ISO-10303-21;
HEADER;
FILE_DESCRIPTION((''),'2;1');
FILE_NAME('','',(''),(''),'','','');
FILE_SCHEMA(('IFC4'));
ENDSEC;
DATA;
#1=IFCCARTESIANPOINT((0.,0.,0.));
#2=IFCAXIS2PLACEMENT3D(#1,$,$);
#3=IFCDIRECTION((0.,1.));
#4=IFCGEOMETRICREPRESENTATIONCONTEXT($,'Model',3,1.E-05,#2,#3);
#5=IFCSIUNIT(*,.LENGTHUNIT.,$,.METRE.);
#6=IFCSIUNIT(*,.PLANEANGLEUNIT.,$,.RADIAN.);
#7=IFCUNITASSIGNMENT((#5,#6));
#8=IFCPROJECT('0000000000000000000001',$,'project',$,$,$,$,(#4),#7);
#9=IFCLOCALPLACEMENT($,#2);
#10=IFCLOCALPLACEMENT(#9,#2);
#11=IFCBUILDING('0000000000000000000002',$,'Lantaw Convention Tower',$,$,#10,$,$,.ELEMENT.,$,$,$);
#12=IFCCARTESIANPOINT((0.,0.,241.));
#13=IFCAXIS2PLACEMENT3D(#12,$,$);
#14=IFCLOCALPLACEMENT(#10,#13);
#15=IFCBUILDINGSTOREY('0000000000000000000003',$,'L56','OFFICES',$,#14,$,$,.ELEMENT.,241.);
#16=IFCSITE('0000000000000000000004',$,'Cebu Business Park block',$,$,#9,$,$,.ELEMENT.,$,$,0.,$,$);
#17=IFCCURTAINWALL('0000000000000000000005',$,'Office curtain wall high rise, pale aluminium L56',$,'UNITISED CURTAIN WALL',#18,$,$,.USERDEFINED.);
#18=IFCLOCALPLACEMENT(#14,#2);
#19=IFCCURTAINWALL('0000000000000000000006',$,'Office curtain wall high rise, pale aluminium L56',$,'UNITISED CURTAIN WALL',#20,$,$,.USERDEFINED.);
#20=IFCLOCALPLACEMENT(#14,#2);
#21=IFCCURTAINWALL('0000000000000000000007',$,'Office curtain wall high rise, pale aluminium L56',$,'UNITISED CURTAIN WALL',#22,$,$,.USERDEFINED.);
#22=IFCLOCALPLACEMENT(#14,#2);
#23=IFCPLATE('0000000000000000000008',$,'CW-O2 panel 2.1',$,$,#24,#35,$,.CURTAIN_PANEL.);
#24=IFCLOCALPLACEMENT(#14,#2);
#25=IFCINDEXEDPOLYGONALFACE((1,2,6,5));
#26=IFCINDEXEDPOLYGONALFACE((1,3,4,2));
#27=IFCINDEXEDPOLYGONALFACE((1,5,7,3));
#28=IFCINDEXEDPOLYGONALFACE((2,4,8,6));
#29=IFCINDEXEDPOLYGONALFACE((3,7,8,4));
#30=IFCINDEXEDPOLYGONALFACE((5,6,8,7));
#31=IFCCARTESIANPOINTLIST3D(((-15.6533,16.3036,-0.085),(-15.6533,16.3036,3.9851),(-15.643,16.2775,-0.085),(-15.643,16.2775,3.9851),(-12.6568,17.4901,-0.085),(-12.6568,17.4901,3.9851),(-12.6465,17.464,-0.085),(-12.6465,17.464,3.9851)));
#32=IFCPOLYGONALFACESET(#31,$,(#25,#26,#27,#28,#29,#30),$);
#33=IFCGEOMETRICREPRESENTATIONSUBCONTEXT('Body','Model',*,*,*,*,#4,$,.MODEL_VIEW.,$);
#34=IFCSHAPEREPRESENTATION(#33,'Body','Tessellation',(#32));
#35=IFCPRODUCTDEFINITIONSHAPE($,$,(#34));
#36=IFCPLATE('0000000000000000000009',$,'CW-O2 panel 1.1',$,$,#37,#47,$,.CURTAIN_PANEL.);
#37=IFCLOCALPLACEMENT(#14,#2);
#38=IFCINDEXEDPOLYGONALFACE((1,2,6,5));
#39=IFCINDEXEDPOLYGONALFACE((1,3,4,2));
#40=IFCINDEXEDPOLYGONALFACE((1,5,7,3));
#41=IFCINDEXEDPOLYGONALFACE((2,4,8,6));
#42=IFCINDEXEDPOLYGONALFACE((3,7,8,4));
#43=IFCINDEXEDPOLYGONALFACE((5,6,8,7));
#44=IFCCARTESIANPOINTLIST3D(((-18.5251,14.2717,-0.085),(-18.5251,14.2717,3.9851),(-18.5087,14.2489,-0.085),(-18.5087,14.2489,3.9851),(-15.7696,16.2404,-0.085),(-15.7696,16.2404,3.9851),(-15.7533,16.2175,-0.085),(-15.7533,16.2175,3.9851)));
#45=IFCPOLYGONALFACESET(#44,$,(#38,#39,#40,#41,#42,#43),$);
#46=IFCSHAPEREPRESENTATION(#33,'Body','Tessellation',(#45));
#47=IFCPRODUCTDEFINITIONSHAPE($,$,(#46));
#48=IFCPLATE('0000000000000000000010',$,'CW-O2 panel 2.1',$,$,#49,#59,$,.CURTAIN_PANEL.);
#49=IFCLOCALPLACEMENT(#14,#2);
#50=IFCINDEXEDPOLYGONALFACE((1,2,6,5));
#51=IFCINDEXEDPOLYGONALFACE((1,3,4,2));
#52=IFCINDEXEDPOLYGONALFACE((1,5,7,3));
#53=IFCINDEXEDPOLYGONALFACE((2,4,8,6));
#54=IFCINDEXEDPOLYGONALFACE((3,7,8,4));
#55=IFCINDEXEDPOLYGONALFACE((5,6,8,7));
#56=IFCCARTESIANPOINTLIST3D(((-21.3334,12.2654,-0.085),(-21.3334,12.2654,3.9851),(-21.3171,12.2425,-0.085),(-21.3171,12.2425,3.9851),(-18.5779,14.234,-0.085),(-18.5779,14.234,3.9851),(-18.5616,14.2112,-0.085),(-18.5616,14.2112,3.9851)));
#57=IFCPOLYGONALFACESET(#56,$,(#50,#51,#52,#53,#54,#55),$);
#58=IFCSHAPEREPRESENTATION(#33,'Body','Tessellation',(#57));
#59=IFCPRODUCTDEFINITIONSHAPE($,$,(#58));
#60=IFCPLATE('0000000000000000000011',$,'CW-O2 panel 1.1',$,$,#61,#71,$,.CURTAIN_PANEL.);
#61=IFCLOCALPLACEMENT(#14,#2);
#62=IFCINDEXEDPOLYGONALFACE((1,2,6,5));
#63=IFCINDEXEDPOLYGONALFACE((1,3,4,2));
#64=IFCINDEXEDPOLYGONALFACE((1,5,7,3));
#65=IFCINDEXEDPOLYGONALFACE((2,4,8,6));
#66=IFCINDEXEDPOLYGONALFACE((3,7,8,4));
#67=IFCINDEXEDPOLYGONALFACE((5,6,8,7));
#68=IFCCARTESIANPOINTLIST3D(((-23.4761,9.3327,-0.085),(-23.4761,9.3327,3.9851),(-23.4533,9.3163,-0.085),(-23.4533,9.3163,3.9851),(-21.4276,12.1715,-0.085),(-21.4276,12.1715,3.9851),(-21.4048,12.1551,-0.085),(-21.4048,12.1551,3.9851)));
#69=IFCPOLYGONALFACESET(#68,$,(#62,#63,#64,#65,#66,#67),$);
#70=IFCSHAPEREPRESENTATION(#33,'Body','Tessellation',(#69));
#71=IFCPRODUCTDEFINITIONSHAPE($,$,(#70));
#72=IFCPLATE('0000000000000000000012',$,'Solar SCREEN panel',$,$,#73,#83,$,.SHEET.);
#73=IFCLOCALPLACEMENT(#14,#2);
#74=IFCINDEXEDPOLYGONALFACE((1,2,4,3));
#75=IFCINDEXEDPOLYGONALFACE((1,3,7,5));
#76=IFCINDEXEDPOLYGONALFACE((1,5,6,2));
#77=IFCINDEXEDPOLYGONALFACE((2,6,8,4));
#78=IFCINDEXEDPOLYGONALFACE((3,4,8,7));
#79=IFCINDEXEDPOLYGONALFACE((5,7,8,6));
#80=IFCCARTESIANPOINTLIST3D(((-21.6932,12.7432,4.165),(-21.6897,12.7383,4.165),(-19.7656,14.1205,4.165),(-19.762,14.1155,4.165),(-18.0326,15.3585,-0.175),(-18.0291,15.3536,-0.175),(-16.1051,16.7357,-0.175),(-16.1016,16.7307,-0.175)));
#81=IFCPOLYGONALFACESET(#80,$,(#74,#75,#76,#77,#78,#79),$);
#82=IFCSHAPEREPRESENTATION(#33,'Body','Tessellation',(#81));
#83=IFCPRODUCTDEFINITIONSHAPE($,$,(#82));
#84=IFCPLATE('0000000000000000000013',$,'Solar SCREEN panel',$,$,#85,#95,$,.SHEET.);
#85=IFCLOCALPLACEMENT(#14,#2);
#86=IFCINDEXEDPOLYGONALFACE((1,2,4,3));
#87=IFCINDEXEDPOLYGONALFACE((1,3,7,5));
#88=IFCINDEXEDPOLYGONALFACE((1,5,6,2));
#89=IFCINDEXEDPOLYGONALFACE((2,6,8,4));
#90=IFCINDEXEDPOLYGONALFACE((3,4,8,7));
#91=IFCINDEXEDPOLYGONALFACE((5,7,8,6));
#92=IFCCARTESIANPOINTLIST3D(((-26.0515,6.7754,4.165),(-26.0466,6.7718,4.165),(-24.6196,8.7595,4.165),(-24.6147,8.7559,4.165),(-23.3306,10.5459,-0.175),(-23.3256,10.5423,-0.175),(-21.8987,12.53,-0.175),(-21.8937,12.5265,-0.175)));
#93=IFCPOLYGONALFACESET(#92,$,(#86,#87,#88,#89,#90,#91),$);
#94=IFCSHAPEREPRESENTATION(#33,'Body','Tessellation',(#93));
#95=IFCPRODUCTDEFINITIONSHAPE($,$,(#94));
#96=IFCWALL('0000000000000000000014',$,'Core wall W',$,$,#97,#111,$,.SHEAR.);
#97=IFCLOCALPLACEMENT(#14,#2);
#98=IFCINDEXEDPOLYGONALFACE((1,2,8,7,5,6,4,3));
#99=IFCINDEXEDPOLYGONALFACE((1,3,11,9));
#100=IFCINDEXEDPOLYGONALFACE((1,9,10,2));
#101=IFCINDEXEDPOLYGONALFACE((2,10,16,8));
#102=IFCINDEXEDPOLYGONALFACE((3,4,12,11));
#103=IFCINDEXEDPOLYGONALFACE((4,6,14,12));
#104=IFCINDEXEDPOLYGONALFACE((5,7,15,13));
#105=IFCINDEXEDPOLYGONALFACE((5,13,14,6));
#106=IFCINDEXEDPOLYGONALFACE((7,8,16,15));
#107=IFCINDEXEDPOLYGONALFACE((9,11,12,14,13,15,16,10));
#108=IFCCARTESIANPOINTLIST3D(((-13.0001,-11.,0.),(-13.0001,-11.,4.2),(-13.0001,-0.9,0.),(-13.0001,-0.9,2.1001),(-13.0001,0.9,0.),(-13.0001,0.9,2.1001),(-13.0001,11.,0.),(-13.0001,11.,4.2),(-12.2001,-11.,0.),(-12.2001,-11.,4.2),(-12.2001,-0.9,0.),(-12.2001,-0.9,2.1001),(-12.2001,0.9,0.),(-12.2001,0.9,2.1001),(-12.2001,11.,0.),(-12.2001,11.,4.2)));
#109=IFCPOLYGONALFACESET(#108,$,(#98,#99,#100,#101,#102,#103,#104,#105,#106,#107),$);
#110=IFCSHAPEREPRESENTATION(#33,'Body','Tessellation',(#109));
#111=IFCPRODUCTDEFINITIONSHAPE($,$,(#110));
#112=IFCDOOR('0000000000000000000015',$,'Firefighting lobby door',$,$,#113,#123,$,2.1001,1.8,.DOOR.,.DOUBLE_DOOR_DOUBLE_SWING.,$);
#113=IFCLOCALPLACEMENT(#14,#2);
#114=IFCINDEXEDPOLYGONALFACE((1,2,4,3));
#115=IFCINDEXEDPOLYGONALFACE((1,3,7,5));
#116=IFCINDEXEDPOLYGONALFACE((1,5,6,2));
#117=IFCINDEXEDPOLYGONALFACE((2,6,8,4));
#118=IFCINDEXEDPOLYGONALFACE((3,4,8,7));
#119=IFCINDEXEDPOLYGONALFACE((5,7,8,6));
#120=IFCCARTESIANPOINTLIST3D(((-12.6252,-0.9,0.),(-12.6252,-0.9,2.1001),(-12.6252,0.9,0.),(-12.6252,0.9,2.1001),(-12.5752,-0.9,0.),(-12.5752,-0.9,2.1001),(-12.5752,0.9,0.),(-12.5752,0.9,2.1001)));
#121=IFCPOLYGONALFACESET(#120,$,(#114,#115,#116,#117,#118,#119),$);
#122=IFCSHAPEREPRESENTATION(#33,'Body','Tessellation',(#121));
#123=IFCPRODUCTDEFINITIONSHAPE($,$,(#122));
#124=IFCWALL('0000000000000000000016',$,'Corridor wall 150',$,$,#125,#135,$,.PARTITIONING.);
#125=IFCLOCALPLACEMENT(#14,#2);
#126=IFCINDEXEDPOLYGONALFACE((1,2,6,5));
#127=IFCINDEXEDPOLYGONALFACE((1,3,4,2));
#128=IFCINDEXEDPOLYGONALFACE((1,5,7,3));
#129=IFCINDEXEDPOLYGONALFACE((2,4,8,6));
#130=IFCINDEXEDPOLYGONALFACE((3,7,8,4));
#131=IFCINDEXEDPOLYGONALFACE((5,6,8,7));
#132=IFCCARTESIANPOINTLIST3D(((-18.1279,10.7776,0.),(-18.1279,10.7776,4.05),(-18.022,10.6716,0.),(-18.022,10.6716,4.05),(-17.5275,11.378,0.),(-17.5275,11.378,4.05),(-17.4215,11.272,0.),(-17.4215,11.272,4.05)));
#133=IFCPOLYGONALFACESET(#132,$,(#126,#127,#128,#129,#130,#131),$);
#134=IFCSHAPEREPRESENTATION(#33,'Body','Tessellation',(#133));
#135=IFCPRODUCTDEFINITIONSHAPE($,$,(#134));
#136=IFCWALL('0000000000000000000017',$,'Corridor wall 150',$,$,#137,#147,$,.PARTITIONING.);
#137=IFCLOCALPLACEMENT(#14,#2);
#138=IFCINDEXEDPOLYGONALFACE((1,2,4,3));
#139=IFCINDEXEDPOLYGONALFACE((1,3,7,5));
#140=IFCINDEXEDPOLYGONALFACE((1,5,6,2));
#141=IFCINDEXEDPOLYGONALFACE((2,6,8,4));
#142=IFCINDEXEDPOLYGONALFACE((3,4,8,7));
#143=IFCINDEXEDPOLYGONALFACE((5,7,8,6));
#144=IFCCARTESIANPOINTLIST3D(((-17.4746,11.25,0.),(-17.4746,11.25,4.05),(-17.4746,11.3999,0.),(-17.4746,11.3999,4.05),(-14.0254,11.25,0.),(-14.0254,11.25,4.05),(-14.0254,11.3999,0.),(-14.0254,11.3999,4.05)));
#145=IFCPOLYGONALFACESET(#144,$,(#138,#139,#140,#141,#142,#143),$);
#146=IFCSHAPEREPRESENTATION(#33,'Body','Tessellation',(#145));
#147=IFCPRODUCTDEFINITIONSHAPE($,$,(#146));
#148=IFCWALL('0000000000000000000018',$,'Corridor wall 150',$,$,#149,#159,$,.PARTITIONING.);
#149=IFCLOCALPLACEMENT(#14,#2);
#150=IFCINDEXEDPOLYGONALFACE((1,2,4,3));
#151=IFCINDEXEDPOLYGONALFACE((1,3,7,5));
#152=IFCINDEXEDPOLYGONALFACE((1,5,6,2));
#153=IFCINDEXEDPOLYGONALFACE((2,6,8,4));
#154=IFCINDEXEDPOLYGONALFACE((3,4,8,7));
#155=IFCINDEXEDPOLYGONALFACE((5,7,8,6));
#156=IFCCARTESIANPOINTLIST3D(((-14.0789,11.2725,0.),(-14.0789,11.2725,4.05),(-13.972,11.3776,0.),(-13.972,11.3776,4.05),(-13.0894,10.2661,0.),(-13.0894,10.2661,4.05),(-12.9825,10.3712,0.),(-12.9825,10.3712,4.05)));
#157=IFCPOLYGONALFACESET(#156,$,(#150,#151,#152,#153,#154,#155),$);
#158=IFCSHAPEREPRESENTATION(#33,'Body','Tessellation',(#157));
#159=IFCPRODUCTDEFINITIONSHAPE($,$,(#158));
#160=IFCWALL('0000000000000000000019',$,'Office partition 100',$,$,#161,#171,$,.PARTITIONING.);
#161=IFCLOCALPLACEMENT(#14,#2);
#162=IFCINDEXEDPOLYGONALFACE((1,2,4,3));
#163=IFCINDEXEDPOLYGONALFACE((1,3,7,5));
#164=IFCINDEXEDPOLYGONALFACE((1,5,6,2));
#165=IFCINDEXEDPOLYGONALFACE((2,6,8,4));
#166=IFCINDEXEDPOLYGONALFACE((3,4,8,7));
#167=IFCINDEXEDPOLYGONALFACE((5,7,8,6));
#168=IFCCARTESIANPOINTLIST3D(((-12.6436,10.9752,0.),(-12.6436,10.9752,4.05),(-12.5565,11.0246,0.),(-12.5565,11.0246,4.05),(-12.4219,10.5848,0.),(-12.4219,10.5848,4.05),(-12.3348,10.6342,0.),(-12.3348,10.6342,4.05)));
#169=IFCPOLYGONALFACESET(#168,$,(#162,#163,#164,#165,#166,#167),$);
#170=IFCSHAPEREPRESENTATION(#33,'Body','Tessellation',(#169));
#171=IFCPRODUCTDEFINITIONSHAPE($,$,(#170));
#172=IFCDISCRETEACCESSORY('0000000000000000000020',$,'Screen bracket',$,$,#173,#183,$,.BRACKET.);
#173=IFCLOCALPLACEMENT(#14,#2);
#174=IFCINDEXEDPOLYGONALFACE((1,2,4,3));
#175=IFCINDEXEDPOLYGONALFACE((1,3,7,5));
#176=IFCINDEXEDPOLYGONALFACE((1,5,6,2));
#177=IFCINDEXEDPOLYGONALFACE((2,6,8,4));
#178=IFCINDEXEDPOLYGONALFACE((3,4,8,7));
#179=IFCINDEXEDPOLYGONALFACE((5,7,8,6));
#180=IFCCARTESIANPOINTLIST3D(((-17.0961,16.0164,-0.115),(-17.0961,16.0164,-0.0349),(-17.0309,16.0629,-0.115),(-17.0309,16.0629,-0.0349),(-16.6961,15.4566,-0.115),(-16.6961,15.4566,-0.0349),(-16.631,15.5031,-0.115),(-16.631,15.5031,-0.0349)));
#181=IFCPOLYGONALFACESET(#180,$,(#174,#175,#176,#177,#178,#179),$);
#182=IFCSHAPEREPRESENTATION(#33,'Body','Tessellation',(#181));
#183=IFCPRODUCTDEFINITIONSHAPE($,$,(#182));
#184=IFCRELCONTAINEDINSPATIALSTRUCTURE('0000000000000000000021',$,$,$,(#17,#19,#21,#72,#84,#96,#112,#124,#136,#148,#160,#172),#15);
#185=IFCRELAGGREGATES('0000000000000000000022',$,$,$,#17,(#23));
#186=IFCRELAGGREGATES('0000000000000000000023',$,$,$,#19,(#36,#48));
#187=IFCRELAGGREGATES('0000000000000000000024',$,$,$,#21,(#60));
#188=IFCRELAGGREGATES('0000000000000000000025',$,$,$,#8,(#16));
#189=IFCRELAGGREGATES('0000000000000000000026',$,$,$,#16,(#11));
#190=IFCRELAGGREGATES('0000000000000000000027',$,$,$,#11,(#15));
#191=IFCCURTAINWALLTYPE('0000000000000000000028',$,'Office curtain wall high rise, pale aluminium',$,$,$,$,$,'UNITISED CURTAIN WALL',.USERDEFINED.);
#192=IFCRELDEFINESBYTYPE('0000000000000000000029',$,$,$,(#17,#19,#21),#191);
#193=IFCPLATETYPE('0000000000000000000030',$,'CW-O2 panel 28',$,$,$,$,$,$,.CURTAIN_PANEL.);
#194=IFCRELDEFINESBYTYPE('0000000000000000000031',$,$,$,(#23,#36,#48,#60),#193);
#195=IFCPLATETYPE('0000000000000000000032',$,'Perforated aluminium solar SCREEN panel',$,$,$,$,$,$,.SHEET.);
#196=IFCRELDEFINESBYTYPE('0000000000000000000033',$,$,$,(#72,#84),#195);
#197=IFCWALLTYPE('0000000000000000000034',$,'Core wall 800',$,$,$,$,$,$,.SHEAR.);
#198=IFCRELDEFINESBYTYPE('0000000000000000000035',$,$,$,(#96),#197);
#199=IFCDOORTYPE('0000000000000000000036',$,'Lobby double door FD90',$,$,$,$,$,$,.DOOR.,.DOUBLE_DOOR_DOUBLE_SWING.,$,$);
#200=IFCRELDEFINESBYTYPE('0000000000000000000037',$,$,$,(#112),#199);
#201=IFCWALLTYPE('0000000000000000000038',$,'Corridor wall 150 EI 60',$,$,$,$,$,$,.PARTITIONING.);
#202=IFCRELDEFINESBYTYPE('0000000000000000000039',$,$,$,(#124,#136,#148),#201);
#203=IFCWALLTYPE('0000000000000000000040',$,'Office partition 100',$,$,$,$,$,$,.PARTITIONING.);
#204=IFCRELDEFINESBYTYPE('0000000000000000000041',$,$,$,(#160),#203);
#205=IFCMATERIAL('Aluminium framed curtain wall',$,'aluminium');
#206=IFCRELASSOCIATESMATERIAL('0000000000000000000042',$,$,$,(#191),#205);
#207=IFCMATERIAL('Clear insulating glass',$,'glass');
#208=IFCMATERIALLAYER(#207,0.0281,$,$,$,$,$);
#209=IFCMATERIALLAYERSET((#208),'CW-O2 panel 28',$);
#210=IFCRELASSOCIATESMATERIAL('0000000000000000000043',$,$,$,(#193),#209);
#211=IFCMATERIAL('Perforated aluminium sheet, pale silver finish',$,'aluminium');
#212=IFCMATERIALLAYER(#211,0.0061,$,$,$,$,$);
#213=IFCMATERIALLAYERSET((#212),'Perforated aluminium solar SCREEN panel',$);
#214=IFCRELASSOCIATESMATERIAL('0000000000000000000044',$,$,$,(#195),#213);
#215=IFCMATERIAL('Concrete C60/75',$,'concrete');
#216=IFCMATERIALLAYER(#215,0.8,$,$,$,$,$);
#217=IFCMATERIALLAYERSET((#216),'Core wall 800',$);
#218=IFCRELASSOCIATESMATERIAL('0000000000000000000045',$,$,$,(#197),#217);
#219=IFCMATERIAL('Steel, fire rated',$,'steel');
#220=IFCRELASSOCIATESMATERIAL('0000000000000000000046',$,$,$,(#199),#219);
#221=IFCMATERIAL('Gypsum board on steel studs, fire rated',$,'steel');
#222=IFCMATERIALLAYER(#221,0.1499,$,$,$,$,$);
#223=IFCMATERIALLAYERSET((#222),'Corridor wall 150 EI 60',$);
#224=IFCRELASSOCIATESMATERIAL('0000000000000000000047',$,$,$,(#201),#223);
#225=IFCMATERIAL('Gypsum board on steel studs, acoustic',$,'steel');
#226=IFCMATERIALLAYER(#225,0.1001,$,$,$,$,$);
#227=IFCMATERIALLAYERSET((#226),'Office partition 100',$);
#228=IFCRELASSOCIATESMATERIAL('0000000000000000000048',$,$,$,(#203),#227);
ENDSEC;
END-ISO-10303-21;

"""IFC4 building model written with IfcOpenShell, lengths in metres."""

from ifc_helpers import new_model, si_unit, direction, frame, frame_2d, origin, origin_2d, place, context, subcontext, project, spatial, polyline, rectangle, outline, extrude, material, layer, layer_set, type_object, element, fill, aggregate, save


model = new_model("IFC4")

# Units and contexts
model_context = context("Model", 3, precision=1e-05, world=origin(), true_north=direction((0.0, 1.0)))
body_context = subcontext(model_context, "Body", "Model", "MODEL_VIEW")
ifc_project = project(units=[si_unit("LENGTHUNIT", "METRE"), si_unit("PLANEANGLEUNIT", "RADIAN")], contexts=[model_context])

# Site, building, storey
site_placement = place(None, origin())
site = spatial("IfcSite", under=ifc_project, at=site_placement, Name="Cebu Business Park block", CompositionType="ELEMENT", RefElevation=0.0)
building_placement = place(site_placement, origin())
building = spatial("IfcBuilding", under=site, at=building_placement, Name="Lantaw Convention Tower", CompositionType="ELEMENT")
storey_placement = place(building_placement, frame((0.0, 0.0, 241.0)))
storey = spatial("IfcBuildingStorey", under=building, at=storey_placement, Name="L56", Description="OFFICES", CompositionType="ELEMENT", Elevation=241.0)

# Shared definitions
ifc_material_1 = material(Name="Concrete C60/75", Category="concrete")

# Curtain walls
ifc_material_2 = material(Name="Aluminium framed curtain wall", Category="aluminium")
curtain_wall_type = type_object("IfcCurtainWallType", Name="Office curtain wall high rise, pale aluminium", ElementType="UNITISED CURTAIN WALL", PredefinedType="USERDEFINED", material=ifc_material_2)
curtain_wall_1_placement = place(storey_placement, origin())
curtain_wall_1 = element("IfcCurtainWall", 1, at=curtain_wall_1_placement, inside=storey, type_object=curtain_wall_type, Name="Office curtain wall high rise, pale aluminium L56", ObjectType="UNITISED CURTAIN WALL", PredefinedType="USERDEFINED")
curtain_wall_2_placement = place(storey_placement, origin())
curtain_wall_2 = element("IfcCurtainWall", 2, at=curtain_wall_2_placement, inside=storey, type_object=curtain_wall_type, Name="Office curtain wall high rise, pale aluminium L56", ObjectType="UNITISED CURTAIN WALL", PredefinedType="USERDEFINED")
curtain_wall_3_placement = place(storey_placement, origin())
curtain_wall_3 = element("IfcCurtainWall", 3, at=curtain_wall_3_placement, inside=storey, type_object=curtain_wall_type, Name="Office curtain wall high rise, pale aluminium L56", ObjectType="UNITISED CURTAIN WALL", PredefinedType="USERDEFINED")

# Plates
ifc_material_3 = material(Name="Clear insulating glass", Category="glass")
ifc_layer_1 = layer(ifc_material_3, 0.0281)
ifc_layer_set_1 = layer_set([ifc_layer_1], Name="CW-O2 panel 28")
plate_type_1 = type_object("IfcPlateType", Name="CW-O2 panel 28", PredefinedType="CURTAIN_PANEL", material=ifc_layer_set_1)
plate_1_placement = place(storey_placement, frame((-14.1499, 16.8838, -0.085), z_axis=(0.0, 0.0, 1.0), x_axis=(-0.929762, -0.368162, 0.0)))
plate_1 = element("IfcPlate", 4, at=plate_1_placement, type_object=plate_type_1, Name="CW-O2 panel 2.1", PredefinedType="CURTAIN_PANEL", context=body_context, shape_type="SweptSolid", body=[
    extrude(rectangle(XDim=3.2229, YDim=0.0281, at=origin_2d()), origin(), (0.0, 0.0, 1.0), 4.0701),
])
aggregate(curtain_wall_1, [plate_1])
plate_2_placement = place(storey_placement, frame((-17.1392, 15.2446, -0.085), z_axis=(0.0, 0.0, 1.0), x_axis=(-0.813673, -0.581323, 0.0)))
plate_2 = element("IfcPlate", 5, at=plate_2_placement, type_object=plate_type_1, Name="CW-O2 panel 1.1", PredefinedType="CURTAIN_PANEL", context=body_context, shape_type="SweptSolid", body=[
    extrude(rectangle(XDim=3.3865, YDim=0.0281, at=origin_2d()), origin(), (0.0, 0.0, 1.0), 4.0701),
])
plate_3_placement = place(storey_placement, frame((-19.9475, 13.2383, -0.085), z_axis=(0.0, 0.0, 1.0), x_axis=(-0.813673, -0.581323, 0.0)))
plate_3 = element("IfcPlate", 6, at=plate_3_placement, type_object=plate_type_1, Name="CW-O2 panel 2.1", PredefinedType="CURTAIN_PANEL", context=body_context, shape_type="SweptSolid", body=[
    extrude(rectangle(XDim=3.3865, YDim=0.0281, at=origin_2d()), origin(), (0.0, 0.0, 1.0), 4.0701),
])
aggregate(curtain_wall_2, [plate_2, plate_3])
plate_4_placement = place(storey_placement, frame((-22.4404, 10.7439, -0.085), z_axis=(0.0, 0.0, 1.0), x_axis=(-0.585158, -0.81092, 0.0)))
plate_4 = element("IfcPlate", 7, at=plate_4_placement, type_object=plate_type_1, Name="CW-O2 panel 1.1", PredefinedType="CURTAIN_PANEL", context=body_context, shape_type="SweptSolid", body=[
    extrude(rectangle(XDim=3.5007, YDim=0.0281, at=origin_2d()), origin(), (0.0, 0.0, 1.0), 4.0701),
])
aggregate(curtain_wall_3, [plate_4])

# Plates
ifc_material_4 = material(Name="Perforated aluminium sheet, pale silver finish", Category="aluminium")
ifc_layer_2 = layer(ifc_material_4, 0.0061)
ifc_layer_set_2 = layer_set([ifc_layer_2], Name="Perforated aluminium solar SCREEN panel")
plate_type_2 = type_object("IfcPlateType", Name="Perforated aluminium solar SCREEN panel", PredefinedType="SHEET", material=ifc_layer_set_2)
plate_5_placement = place(storey_placement, frame((-16.1016, 16.7307, -0.175), z_axis=(0.581331, -0.813667, 0.00001), x_axis=(-0.813667, -0.581331, 0.0)))
element("IfcPlate", 8, at=plate_5_placement, inside=storey, type_object=plate_type_2, Name="Solar SCREEN panel", PredefinedType="SHEET", context=body_context, shape_type="SweptSolid", body=[
    extrude(outline(polyline([(0.0, 0.0), (2.3689, 0.0), (6.8678, -4.3401), (4.4987, -4.3401), (0.0, 0.0)])), origin(), (0.0, 0.0, -1.0), 0.0061),
])
plate_6_placement = place(storey_placement, frame((-21.8987, 12.53, -0.175), z_axis=(-0.810892, 0.585195, 0.00002), x_axis=(-0.585195, -0.810892, 0.0)))
element("IfcPlate", 9, at=plate_6_placement, inside=storey, type_object=plate_type_2, Name="Solar SCREEN panel", PredefinedType="SHEET", context=body_context, shape_type="SweptSolid", body=[
    extrude(outline(polyline([(0.0, 0.0), (2.4468, 0.0), (7.0966, 4.3401), (4.6498, 4.3401), (0.0, 0.0)])), origin(), (0.0, 0.0, -1.0), 0.0061),
])

# Wall, opening, door
ifc_layer_3 = layer(ifc_material_1, 0.8)
ifc_layer_set_3 = layer_set([ifc_layer_3], Name="Core wall 800")
wall_type_1 = type_object("IfcWallType", Name="Core wall 800", PredefinedType="SHEAR", material=ifc_layer_set_3)
wall_1_placement = place(storey_placement, frame((-12.6001, 11.0, 0.0), z_axis=(0.0, 0.0, 1.0), x_axis=(0.0, -1.0, 0.0)))
wall_1 = element("IfcWall", 10, at=wall_1_placement, inside=storey, type_object=wall_type_1, Name="Core wall W", PredefinedType="SHEAR", context=body_context, shape_type="SweptSolid", body=[
    extrude(rectangle(XDim=22.0, YDim=0.8, at=frame_2d((11.0, 0.0))), origin(), (0.0, 0.0, 1.0), 4.2),
])
opening_placement = place(wall_1_placement, frame((10.1001, 0.0, 0.0)))
opening = element("IfcOpeningElement", 11, at=opening_placement, cuts=wall_1, PredefinedType="OPENING", context=body_context, shape_type="SweptSolid", body=[
    extrude(rectangle(XDim=1.8, YDim=2.1001, at=frame_2d((0.8999, 1.05))), frame((0.0, 0.4099, 0.0), z_axis=(0.0, -1.0, 0.0), x_axis=(1.0, 0.0, 0.0)), (0.0, 0.0, 1.0), 0.8201),
])
ifc_material_5 = material(Name="Steel, fire rated", Category="steel")
door_type = type_object("IfcDoorType", Name="Lobby double door FD90", OperationType="DOUBLE_DOOR_DOUBLE_SWING", PredefinedType="DOOR", material=ifc_material_5)
door_placement = place(opening_placement, origin())
door = element("IfcDoor", 12, at=door_placement, inside=storey, type_object=door_type, Name="Firefighting lobby door", OperationType="DOUBLE_DOOR_DOUBLE_SWING", OverallHeight=2.1001, OverallWidth=1.8, PredefinedType="DOOR", context=body_context, shape_type="SweptSolid", body=[
    extrude(rectangle(XDim=1.8, YDim=2.1001, at=frame_2d((0.8999, 1.05))), frame((0.0, 0.0249, 0.0), z_axis=(0.0, -1.0, 0.0), x_axis=(1.0, 0.0, 0.0)), (0.0, 0.0, 1.0), 0.05),
])
fill(opening, door)

# Walls
ifc_material_6 = material(Name="Gypsum board on steel studs, fire rated", Category="steel")
ifc_layer_4 = layer(ifc_material_6, 0.1499)
ifc_layer_set_4 = layer_set([ifc_layer_4], Name="Corridor wall 150 EI 60")
wall_type_2 = type_object("IfcWallType", Name="Corridor wall 150 EI 60", PredefinedType="PARTITIONING", material=ifc_layer_set_4)
wall_2_placement = place(storey_placement, frame((-18.075, 10.7246, 0.0), z_axis=(0.0, 0.0, 1.0), x_axis=(0.707107, 0.707107, 0.0)))
element("IfcWall", 13, at=wall_2_placement, inside=storey, type_object=wall_type_2, Name="Corridor wall 150", PredefinedType="PARTITIONING", context=body_context, shape_type="SweptSolid", body=[
    extrude(rectangle(XDim=0.8491, YDim=0.1499, at=frame_2d((0.4246, 0.0))), origin(), (0.0, 0.0, 1.0), 4.05),
])
wall_3_placement = place(storey_placement, frame((-17.4746, 11.325, 0.0), z_axis=(0.0, 0.0, 1.0), x_axis=(1.0, 0.0, 0.0)))
element("IfcWall", 14, at=wall_3_placement, inside=storey, type_object=wall_type_2, Name="Corridor wall 150", PredefinedType="PARTITIONING", context=body_context, shape_type="SweptSolid", body=[
    extrude(rectangle(XDim=3.4492, YDim=0.1499, at=frame_2d((1.7246, 0.0))), origin(), (0.0, 0.0, 1.0), 4.05),
])
wall_4_placement = place(storey_placement, frame((-14.0254, 11.325, 0.0), z_axis=(0.0, 0.0, 1.0), x_axis=(0.701114, -0.71305, 0.0)))
element("IfcWall", 15, at=wall_4_placement, inside=storey, type_object=wall_type_2, Name="Corridor wall 150", PredefinedType="PARTITIONING", context=body_context, shape_type="SweptSolid", body=[
    extrude(rectangle(XDim=1.4114, YDim=0.1499, at=frame_2d((0.7056, 0.0))), origin(), (0.0, 0.0, 1.0), 4.05),
])
ifc_material_7 = material(Name="Gypsum board on steel studs, acoustic", Category="steel")
ifc_layer_5 = layer(ifc_material_7, 0.1001)
ifc_layer_set_5 = layer_set([ifc_layer_5], Name="Office partition 100")
wall_type_3 = type_object("IfcWallType", Name="Office partition 100", PredefinedType="PARTITIONING", material=ifc_layer_set_5)
wall_5_placement = place(storey_placement, frame((-12.6001, 11.0, 0.0), z_axis=(0.0, 0.0, 1.0), x_axis=(0.493794, -0.869579, 0.0)))
element("IfcWall", 16, at=wall_5_placement, inside=storey, type_object=wall_type_3, Name="Office partition 100", PredefinedType="PARTITIONING", context=body_context, shape_type="SweptSolid", body=[
    extrude(rectangle(XDim=0.449, YDim=0.1001, at=frame_2d((0.2246, 0.0))), origin(), (0.0, 0.0, 1.0), 4.05),
])

# Discrete accessory
for number, where, z_axis, x_axis, name in (
    (17, (-16.8635, 15.7598, -0.115), (0.0, 0.0, 1.0), (-0.813673, -0.581323, 0.0), "Screen bracket"),
):
    element("IfcDiscreteAccessory", number, at=place(storey_placement, frame(where, z_axis=z_axis, x_axis=x_axis)), inside=storey, Name=name, PredefinedType="BRACKET", context=body_context, shape_type="SweptSolid", body=[
        extrude(rectangle(XDim=0.0801, YDim=0.688, at=origin_2d()), origin(), (0.0, 0.0, 1.0), 0.0801),
    ])

save(model, "model.ifc")
